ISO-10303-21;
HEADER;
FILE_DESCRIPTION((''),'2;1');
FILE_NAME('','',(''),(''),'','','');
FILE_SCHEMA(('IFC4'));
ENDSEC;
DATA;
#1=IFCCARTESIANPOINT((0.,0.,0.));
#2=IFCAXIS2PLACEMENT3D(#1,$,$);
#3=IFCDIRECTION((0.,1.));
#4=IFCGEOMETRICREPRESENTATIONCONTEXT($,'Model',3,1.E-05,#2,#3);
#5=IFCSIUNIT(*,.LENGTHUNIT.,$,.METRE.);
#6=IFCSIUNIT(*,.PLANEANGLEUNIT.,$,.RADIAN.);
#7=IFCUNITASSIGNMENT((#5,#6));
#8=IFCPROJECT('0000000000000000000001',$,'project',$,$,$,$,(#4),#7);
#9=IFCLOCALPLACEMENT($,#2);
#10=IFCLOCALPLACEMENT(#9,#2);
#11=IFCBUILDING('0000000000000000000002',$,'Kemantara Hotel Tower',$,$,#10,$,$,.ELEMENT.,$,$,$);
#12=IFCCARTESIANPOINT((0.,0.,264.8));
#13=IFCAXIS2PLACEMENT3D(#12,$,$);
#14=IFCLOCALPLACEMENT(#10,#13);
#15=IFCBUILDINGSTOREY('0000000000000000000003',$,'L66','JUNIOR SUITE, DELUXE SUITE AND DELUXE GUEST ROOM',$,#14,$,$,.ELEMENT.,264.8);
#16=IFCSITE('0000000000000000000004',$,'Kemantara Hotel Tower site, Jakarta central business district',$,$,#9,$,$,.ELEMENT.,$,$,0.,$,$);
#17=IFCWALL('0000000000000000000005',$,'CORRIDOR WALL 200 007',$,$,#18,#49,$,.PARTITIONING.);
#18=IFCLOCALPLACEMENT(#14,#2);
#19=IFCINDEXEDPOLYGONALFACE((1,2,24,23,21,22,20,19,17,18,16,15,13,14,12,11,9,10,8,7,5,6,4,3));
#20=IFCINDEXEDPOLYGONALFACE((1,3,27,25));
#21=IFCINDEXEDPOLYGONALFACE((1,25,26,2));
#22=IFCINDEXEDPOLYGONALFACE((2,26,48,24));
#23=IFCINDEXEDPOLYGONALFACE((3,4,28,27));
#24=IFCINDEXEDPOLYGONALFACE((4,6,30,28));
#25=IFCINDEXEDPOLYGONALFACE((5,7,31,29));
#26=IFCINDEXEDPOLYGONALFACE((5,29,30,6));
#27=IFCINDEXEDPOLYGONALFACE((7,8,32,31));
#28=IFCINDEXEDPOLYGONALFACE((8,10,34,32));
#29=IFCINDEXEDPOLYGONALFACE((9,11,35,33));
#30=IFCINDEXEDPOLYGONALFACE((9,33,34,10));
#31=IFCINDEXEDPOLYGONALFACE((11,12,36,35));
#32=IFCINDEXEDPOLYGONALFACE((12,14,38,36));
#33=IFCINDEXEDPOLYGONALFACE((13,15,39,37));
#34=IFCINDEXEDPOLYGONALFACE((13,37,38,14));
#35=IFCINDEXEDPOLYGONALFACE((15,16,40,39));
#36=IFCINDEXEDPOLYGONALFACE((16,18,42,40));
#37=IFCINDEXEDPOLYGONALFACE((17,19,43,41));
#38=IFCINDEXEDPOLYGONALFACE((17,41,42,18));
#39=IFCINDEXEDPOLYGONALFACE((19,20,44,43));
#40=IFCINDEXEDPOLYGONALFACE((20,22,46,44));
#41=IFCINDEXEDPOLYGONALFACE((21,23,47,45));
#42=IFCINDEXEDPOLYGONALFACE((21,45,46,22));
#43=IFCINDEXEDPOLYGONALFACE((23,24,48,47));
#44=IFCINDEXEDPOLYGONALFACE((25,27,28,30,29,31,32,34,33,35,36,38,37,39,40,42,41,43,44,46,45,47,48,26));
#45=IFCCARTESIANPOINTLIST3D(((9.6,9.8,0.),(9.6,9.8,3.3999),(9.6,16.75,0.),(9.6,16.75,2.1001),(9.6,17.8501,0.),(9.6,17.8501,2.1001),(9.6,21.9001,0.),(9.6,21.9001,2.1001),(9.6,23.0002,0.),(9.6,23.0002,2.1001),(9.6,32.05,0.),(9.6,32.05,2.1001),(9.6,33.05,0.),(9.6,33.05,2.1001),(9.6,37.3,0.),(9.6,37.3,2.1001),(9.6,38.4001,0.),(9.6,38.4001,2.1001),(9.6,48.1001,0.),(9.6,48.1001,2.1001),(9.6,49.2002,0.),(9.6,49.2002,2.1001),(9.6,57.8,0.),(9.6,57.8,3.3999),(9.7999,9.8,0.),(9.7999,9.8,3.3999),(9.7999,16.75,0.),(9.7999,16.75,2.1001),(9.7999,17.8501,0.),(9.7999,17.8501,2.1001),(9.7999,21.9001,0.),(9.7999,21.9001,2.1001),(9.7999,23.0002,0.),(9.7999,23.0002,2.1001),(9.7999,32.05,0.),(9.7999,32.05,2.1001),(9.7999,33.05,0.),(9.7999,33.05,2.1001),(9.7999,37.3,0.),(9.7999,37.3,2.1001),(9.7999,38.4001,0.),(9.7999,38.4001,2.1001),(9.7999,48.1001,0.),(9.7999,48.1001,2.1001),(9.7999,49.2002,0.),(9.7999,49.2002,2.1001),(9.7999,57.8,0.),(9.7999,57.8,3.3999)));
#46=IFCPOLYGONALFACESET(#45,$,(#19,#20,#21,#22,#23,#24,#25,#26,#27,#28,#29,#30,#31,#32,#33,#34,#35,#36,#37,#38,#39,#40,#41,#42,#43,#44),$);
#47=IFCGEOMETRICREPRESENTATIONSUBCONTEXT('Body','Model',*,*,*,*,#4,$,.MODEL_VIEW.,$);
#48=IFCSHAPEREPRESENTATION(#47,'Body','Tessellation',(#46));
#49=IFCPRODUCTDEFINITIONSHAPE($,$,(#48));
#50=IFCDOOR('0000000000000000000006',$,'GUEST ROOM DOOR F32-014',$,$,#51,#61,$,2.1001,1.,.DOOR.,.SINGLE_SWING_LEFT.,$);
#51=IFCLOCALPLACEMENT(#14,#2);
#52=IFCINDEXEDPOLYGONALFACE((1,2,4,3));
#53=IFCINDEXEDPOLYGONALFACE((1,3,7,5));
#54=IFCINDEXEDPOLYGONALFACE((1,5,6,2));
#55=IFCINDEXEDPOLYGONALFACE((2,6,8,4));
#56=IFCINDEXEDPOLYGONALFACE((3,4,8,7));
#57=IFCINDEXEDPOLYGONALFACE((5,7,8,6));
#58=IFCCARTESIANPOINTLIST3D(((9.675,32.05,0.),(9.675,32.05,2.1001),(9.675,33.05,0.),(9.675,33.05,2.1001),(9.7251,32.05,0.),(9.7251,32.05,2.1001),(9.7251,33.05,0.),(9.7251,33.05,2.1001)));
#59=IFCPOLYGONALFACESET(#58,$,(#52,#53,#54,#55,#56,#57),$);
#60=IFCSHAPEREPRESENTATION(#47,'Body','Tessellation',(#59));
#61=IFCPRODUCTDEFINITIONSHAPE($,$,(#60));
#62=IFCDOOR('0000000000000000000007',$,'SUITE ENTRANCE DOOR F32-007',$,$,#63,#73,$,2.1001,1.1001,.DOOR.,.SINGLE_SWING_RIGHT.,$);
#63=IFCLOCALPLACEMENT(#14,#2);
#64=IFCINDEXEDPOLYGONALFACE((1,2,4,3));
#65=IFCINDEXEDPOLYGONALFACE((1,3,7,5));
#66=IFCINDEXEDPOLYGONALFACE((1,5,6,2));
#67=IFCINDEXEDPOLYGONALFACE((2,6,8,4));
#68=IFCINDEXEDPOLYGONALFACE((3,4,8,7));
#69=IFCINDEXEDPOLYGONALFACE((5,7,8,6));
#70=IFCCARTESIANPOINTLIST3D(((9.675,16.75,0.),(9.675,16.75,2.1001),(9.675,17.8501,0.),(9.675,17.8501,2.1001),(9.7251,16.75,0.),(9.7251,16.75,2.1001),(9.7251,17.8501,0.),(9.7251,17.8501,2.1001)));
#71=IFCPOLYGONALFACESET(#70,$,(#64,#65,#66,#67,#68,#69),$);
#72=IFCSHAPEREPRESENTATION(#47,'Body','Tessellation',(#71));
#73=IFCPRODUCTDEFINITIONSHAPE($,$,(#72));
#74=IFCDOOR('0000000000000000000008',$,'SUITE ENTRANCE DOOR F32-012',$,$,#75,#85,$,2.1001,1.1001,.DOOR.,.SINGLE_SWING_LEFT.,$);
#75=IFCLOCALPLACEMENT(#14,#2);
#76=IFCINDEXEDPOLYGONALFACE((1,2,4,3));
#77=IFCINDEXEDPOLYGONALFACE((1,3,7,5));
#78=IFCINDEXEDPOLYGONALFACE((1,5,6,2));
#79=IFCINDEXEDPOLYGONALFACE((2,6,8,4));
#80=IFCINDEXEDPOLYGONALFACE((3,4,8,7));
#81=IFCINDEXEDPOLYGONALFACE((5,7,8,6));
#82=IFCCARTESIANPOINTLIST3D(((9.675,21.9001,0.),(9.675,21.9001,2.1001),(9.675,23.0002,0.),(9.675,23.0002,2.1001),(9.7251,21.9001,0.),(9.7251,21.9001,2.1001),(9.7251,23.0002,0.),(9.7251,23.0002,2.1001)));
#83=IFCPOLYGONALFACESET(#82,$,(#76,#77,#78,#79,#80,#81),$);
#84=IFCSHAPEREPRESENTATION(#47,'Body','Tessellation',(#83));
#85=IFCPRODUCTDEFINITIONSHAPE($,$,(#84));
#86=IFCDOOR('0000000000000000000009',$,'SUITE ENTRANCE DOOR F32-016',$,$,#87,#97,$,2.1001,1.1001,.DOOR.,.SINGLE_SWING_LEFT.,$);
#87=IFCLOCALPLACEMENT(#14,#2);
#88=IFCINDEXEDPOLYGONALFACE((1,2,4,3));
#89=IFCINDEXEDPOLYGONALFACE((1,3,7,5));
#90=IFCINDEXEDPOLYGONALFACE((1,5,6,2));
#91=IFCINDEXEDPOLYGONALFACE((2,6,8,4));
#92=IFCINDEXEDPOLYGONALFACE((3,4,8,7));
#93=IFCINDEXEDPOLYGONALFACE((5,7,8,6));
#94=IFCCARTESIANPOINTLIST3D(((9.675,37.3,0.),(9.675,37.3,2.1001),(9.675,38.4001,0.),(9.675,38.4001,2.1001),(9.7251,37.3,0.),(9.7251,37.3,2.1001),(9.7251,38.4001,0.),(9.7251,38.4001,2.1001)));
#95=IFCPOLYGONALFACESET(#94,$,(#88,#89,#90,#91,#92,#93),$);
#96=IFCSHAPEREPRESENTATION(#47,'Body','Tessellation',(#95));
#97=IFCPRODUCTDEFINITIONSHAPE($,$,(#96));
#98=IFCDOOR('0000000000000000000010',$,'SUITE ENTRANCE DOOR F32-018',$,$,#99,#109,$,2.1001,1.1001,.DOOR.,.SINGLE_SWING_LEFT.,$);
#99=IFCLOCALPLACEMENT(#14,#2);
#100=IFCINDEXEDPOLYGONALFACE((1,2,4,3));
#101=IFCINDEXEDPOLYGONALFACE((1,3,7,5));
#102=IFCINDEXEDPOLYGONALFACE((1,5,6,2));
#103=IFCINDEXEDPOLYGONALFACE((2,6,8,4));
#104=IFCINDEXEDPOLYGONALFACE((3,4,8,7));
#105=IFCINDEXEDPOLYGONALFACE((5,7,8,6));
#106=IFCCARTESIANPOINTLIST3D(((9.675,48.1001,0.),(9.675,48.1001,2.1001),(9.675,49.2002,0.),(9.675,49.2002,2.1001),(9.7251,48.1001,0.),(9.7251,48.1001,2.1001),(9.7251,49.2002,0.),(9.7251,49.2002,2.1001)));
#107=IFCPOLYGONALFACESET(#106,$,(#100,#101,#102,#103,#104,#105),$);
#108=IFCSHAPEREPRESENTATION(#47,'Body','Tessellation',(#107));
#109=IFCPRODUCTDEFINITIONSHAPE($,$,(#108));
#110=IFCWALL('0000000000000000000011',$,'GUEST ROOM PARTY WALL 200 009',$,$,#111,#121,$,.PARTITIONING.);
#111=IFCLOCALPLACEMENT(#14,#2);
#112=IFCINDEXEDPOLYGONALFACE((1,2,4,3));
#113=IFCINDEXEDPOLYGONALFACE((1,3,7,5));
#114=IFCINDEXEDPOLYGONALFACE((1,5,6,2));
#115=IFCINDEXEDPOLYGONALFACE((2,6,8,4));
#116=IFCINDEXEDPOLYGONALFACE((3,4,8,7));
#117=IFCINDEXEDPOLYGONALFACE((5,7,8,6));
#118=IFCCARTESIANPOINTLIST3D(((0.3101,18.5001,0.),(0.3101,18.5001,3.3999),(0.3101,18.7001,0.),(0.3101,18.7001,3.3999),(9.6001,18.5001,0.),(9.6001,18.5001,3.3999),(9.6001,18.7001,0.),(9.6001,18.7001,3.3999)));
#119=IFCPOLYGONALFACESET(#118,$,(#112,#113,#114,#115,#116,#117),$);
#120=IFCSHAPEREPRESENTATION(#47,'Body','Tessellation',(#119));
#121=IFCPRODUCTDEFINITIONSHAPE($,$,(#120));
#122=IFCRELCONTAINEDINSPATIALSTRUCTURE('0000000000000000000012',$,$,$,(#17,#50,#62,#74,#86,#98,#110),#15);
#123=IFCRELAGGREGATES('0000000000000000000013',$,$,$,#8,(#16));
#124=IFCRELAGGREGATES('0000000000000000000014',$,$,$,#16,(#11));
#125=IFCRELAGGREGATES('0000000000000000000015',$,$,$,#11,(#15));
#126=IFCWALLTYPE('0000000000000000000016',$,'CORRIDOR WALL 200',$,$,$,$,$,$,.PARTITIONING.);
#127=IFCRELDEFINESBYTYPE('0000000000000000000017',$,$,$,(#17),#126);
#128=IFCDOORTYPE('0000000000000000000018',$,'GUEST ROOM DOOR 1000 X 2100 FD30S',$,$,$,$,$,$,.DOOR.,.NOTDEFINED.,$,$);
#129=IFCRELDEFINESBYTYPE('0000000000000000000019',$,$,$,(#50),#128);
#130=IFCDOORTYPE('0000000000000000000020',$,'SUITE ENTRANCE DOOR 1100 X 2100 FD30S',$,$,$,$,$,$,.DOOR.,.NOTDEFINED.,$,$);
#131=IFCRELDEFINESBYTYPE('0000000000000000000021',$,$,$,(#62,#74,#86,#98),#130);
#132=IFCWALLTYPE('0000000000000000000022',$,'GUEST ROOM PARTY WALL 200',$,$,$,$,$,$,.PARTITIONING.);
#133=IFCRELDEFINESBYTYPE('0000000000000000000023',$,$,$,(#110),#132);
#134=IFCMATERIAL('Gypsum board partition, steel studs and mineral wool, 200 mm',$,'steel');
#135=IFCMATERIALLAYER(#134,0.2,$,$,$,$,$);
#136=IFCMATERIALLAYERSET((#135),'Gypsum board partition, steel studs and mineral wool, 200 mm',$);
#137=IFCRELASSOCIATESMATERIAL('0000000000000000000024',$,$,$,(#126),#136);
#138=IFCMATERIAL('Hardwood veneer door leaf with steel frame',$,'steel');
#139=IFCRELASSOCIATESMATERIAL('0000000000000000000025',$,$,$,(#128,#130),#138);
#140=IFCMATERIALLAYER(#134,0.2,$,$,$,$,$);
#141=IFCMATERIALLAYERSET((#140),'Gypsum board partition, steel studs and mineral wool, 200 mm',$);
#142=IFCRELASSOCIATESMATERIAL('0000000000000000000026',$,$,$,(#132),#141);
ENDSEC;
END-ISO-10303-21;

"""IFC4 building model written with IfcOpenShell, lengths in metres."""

from ifc_helpers import new_model, si_unit, direction, frame, frame_2d, origin, place, context, subcontext, project, spatial, rectangle, extrude, material, layer, layer_set, type_object, element, fill, save


model = new_model("IFC4")

# Units and contexts
model_context = context("Model", 3, precision=1e-05, world=origin(), true_north=direction((0.0, 1.0)))
body_context = subcontext(model_context, "Body", "Model", "MODEL_VIEW")
ifc_project = project(units=[si_unit("LENGTHUNIT", "METRE"), si_unit("PLANEANGLEUNIT", "RADIAN")], contexts=[model_context])

# Site, building, storey
site_placement = place(None, origin())
site = spatial("IfcSite", under=ifc_project, at=site_placement, Name="Kemantara Hotel Tower site, Jakarta central business district", CompositionType="ELEMENT", RefElevation=0.0)
building_placement = place(site_placement, origin())
building = spatial("IfcBuilding", under=site, at=building_placement, Name="Kemantara Hotel Tower", CompositionType="ELEMENT")
storey_placement = place(building_placement, frame((0.0, 0.0, 264.8)))
storey = spatial("IfcBuildingStorey", under=building, at=storey_placement, Name="L66", Description="JUNIOR SUITE, DELUXE SUITE AND DELUXE GUEST ROOM", CompositionType="ELEMENT", Elevation=264.8)

# Wall, openings, doors
ifc_material_1 = material(Name="Gypsum board partition, steel studs and mineral wool, 200 mm", Category="steel")
ifc_layer_1 = layer(ifc_material_1, 0.2)
ifc_layer_set_1 = layer_set([ifc_layer_1], Name="Gypsum board partition, steel studs and mineral wool, 200 mm")
wall_type_1 = type_object("IfcWallType", Name="CORRIDOR WALL 200", PredefinedType="PARTITIONING", material=ifc_layer_set_1)
wall_1_placement = place(storey_placement, frame((9.7, 9.8, 0.0), z_axis=(0.0, 0.0, 1.0), x_axis=(0.0, 1.0, 0.0)))
wall_1 = element("IfcWall", 1, at=wall_1_placement, inside=storey, type_object=wall_type_1, Name="CORRIDOR WALL 200 007", PredefinedType="PARTITIONING", context=body_context, shape_type="SweptSolid", body=[
    extrude(rectangle(XDim=48.0, YDim=0.2, at=frame_2d((24.0, 0.0))), origin(), (0.0, 0.0, 1.0), 3.3999),
])
opening_1_placement = place(wall_1_placement, frame((6.95, 0.0, 0.0)))
opening_1 = element("IfcOpeningElement", 2, at=opening_1_placement, cuts=wall_1, PredefinedType="OPENING", context=body_context, shape_type="SweptSolid", body=[
    extrude(rectangle(XDim=1.1001, YDim=2.1001, at=frame_2d((0.55, 1.05))), frame((0.0, 0.1099, 0.0), z_axis=(0.0, -1.0, 0.0), x_axis=(1.0, 0.0, 0.0)), (0.0, 0.0, 1.0), 0.22),
])
opening_2_placement = place(wall_1_placement, frame((12.1001, 0.0, 0.0)))
opening_2 = element("IfcOpeningElement", 3, at=opening_2_placement, cuts=wall_1, PredefinedType="OPENING", context=body_context, shape_type="SweptSolid", body=[
    extrude(rectangle(XDim=1.1001, YDim=2.1001, at=frame_2d((0.55, 1.05))), frame((0.0, 0.1099, 0.0), z_axis=(0.0, -1.0, 0.0), x_axis=(1.0, 0.0, 0.0)), (0.0, 0.0, 1.0), 0.22),
])
opening_3_placement = place(wall_1_placement, frame((22.25, 0.0, 0.0)))
opening_3 = element("IfcOpeningElement", 4, at=opening_3_placement, cuts=wall_1, PredefinedType="OPENING", context=body_context, shape_type="SweptSolid", body=[
    extrude(rectangle(XDim=1.0, YDim=2.1001, at=frame_2d((0.5, 1.05))), frame((0.0, 0.1099, 0.0), z_axis=(0.0, -1.0, 0.0), x_axis=(1.0, 0.0, 0.0)), (0.0, 0.0, 1.0), 0.22),
])
opening_4_placement = place(wall_1_placement, frame((27.5, 0.0, 0.0)))
opening_4 = element("IfcOpeningElement", 5, at=opening_4_placement, cuts=wall_1, PredefinedType="OPENING", context=body_context, shape_type="SweptSolid", body=[
    extrude(rectangle(XDim=1.1001, YDim=2.1001, at=frame_2d((0.55, 1.05))), frame((0.0, 0.1099, 0.0), z_axis=(0.0, -1.0, 0.0), x_axis=(1.0, 0.0, 0.0)), (0.0, 0.0, 1.0), 0.22),
])
opening_5_placement = place(wall_1_placement, frame((38.3, 0.0, 0.0)))
opening_5 = element("IfcOpeningElement", 6, at=opening_5_placement, cuts=wall_1, PredefinedType="OPENING", context=body_context, shape_type="SweptSolid", body=[
    extrude(rectangle(XDim=1.1001, YDim=2.1001, at=frame_2d((0.55, 1.05))), frame((0.0, 0.1099, 0.0), z_axis=(0.0, -1.0, 0.0), x_axis=(1.0, 0.0, 0.0)), (0.0, 0.0, 1.0), 0.22),
])
ifc_material_2 = material(Name="Hardwood veneer door leaf with steel frame", Category="steel")
door_type_1 = type_object("IfcDoorType", Name="GUEST ROOM DOOR 1000 X 2100 FD30S", OperationType="NOTDEFINED", PredefinedType="DOOR", material=ifc_material_2)
door_1_placement = place(opening_3_placement, origin())
door_1 = element("IfcDoor", 7, at=door_1_placement, inside=storey, type_object=door_type_1, Name="GUEST ROOM DOOR F32-014", OperationType="SINGLE_SWING_LEFT", OverallHeight=2.1001, OverallWidth=1.0, PredefinedType="DOOR", context=body_context, shape_type="SweptSolid", body=[
    extrude(rectangle(XDim=1.0, YDim=2.1001, at=frame_2d((0.5, 1.05))), frame((0.0, 0.0249, 0.0), z_axis=(0.0, -1.0, 0.0), x_axis=(1.0, 0.0, 0.0)), (0.0, 0.0, 1.0), 0.05),
])
fill(opening_3, door_1)
door_type_2 = type_object("IfcDoorType", Name="SUITE ENTRANCE DOOR 1100 X 2100 FD30S", OperationType="NOTDEFINED", PredefinedType="DOOR", material=ifc_material_2)
door_2_placement = place(opening_1_placement, origin())
door_2 = element("IfcDoor", 8, at=door_2_placement, inside=storey, type_object=door_type_2, Name="SUITE ENTRANCE DOOR F32-007", OperationType="SINGLE_SWING_RIGHT", OverallHeight=2.1001, OverallWidth=1.1001, PredefinedType="DOOR", context=body_context, shape_type="SweptSolid", body=[
    extrude(rectangle(XDim=1.1001, YDim=2.1001, at=frame_2d((0.55, 1.05))), frame((0.0, 0.0249, 0.0), z_axis=(0.0, -1.0, 0.0), x_axis=(1.0, 0.0, 0.0)), (0.0, 0.0, 1.0), 0.05),
])
fill(opening_1, door_2)
door_3_placement = place(opening_2_placement, origin())
door_3 = element("IfcDoor", 9, at=door_3_placement, inside=storey, type_object=door_type_2, Name="SUITE ENTRANCE DOOR F32-012", OperationType="SINGLE_SWING_LEFT", OverallHeight=2.1001, OverallWidth=1.1001, PredefinedType="DOOR", context=body_context, shape_type="SweptSolid", body=[
    extrude(rectangle(XDim=1.1001, YDim=2.1001, at=frame_2d((0.55, 1.05))), frame((0.0, 0.0249, 0.0), z_axis=(0.0, -1.0, 0.0), x_axis=(1.0, 0.0, 0.0)), (0.0, 0.0, 1.0), 0.05),
])
fill(opening_2, door_3)
door_4_placement = place(opening_4_placement, origin())
door_4 = element("IfcDoor", 10, at=door_4_placement, inside=storey, type_object=door_type_2, Name="SUITE ENTRANCE DOOR F32-016", OperationType="SINGLE_SWING_LEFT", OverallHeight=2.1001, OverallWidth=1.1001, PredefinedType="DOOR", context=body_context, shape_type="SweptSolid", body=[
    extrude(rectangle(XDim=1.1001, YDim=2.1001, at=frame_2d((0.55, 1.05))), frame((0.0, 0.0249, 0.0), z_axis=(0.0, -1.0, 0.0), x_axis=(1.0, 0.0, 0.0)), (0.0, 0.0, 1.0), 0.05),
])
fill(opening_4, door_4)
door_5_placement = place(opening_5_placement, origin())
door_5 = element("IfcDoor", 11, at=door_5_placement, inside=storey, type_object=door_type_2, Name="SUITE ENTRANCE DOOR F32-018", OperationType="SINGLE_SWING_LEFT", OverallHeight=2.1001, OverallWidth=1.1001, PredefinedType="DOOR", context=body_context, shape_type="SweptSolid", body=[
    extrude(rectangle(XDim=1.1001, YDim=2.1001, at=frame_2d((0.55, 1.05))), frame((0.0, 0.0249, 0.0), z_axis=(0.0, -1.0, 0.0), x_axis=(1.0, 0.0, 0.0)), (0.0, 0.0, 1.0), 0.05),
])
fill(opening_5, door_5)

# Wall
ifc_layer_2 = layer(ifc_material_1, 0.2)
ifc_layer_set_2 = layer_set([ifc_layer_2], Name="Gypsum board partition, steel studs and mineral wool, 200 mm")
wall_type_2 = type_object("IfcWallType", Name="GUEST ROOM PARTY WALL 200", PredefinedType="PARTITIONING", material=ifc_layer_set_2)
wall_2_placement = place(storey_placement, frame((0.3101, 18.6001, 0.0), z_axis=(0.0, 0.0, 1.0), x_axis=(1.0, 0.0, 0.0)))
element("IfcWall", 12, at=wall_2_placement, inside=storey, type_object=wall_type_2, Name="GUEST ROOM PARTY WALL 200 009", PredefinedType="PARTITIONING", context=body_context, shape_type="SweptSolid", body=[
    extrude(rectangle(XDim=9.29, YDim=0.2, at=frame_2d((4.645, 0.0))), origin(), (0.0, 0.0, 1.0), 3.3999),
])

save(model, "model.ifc")
